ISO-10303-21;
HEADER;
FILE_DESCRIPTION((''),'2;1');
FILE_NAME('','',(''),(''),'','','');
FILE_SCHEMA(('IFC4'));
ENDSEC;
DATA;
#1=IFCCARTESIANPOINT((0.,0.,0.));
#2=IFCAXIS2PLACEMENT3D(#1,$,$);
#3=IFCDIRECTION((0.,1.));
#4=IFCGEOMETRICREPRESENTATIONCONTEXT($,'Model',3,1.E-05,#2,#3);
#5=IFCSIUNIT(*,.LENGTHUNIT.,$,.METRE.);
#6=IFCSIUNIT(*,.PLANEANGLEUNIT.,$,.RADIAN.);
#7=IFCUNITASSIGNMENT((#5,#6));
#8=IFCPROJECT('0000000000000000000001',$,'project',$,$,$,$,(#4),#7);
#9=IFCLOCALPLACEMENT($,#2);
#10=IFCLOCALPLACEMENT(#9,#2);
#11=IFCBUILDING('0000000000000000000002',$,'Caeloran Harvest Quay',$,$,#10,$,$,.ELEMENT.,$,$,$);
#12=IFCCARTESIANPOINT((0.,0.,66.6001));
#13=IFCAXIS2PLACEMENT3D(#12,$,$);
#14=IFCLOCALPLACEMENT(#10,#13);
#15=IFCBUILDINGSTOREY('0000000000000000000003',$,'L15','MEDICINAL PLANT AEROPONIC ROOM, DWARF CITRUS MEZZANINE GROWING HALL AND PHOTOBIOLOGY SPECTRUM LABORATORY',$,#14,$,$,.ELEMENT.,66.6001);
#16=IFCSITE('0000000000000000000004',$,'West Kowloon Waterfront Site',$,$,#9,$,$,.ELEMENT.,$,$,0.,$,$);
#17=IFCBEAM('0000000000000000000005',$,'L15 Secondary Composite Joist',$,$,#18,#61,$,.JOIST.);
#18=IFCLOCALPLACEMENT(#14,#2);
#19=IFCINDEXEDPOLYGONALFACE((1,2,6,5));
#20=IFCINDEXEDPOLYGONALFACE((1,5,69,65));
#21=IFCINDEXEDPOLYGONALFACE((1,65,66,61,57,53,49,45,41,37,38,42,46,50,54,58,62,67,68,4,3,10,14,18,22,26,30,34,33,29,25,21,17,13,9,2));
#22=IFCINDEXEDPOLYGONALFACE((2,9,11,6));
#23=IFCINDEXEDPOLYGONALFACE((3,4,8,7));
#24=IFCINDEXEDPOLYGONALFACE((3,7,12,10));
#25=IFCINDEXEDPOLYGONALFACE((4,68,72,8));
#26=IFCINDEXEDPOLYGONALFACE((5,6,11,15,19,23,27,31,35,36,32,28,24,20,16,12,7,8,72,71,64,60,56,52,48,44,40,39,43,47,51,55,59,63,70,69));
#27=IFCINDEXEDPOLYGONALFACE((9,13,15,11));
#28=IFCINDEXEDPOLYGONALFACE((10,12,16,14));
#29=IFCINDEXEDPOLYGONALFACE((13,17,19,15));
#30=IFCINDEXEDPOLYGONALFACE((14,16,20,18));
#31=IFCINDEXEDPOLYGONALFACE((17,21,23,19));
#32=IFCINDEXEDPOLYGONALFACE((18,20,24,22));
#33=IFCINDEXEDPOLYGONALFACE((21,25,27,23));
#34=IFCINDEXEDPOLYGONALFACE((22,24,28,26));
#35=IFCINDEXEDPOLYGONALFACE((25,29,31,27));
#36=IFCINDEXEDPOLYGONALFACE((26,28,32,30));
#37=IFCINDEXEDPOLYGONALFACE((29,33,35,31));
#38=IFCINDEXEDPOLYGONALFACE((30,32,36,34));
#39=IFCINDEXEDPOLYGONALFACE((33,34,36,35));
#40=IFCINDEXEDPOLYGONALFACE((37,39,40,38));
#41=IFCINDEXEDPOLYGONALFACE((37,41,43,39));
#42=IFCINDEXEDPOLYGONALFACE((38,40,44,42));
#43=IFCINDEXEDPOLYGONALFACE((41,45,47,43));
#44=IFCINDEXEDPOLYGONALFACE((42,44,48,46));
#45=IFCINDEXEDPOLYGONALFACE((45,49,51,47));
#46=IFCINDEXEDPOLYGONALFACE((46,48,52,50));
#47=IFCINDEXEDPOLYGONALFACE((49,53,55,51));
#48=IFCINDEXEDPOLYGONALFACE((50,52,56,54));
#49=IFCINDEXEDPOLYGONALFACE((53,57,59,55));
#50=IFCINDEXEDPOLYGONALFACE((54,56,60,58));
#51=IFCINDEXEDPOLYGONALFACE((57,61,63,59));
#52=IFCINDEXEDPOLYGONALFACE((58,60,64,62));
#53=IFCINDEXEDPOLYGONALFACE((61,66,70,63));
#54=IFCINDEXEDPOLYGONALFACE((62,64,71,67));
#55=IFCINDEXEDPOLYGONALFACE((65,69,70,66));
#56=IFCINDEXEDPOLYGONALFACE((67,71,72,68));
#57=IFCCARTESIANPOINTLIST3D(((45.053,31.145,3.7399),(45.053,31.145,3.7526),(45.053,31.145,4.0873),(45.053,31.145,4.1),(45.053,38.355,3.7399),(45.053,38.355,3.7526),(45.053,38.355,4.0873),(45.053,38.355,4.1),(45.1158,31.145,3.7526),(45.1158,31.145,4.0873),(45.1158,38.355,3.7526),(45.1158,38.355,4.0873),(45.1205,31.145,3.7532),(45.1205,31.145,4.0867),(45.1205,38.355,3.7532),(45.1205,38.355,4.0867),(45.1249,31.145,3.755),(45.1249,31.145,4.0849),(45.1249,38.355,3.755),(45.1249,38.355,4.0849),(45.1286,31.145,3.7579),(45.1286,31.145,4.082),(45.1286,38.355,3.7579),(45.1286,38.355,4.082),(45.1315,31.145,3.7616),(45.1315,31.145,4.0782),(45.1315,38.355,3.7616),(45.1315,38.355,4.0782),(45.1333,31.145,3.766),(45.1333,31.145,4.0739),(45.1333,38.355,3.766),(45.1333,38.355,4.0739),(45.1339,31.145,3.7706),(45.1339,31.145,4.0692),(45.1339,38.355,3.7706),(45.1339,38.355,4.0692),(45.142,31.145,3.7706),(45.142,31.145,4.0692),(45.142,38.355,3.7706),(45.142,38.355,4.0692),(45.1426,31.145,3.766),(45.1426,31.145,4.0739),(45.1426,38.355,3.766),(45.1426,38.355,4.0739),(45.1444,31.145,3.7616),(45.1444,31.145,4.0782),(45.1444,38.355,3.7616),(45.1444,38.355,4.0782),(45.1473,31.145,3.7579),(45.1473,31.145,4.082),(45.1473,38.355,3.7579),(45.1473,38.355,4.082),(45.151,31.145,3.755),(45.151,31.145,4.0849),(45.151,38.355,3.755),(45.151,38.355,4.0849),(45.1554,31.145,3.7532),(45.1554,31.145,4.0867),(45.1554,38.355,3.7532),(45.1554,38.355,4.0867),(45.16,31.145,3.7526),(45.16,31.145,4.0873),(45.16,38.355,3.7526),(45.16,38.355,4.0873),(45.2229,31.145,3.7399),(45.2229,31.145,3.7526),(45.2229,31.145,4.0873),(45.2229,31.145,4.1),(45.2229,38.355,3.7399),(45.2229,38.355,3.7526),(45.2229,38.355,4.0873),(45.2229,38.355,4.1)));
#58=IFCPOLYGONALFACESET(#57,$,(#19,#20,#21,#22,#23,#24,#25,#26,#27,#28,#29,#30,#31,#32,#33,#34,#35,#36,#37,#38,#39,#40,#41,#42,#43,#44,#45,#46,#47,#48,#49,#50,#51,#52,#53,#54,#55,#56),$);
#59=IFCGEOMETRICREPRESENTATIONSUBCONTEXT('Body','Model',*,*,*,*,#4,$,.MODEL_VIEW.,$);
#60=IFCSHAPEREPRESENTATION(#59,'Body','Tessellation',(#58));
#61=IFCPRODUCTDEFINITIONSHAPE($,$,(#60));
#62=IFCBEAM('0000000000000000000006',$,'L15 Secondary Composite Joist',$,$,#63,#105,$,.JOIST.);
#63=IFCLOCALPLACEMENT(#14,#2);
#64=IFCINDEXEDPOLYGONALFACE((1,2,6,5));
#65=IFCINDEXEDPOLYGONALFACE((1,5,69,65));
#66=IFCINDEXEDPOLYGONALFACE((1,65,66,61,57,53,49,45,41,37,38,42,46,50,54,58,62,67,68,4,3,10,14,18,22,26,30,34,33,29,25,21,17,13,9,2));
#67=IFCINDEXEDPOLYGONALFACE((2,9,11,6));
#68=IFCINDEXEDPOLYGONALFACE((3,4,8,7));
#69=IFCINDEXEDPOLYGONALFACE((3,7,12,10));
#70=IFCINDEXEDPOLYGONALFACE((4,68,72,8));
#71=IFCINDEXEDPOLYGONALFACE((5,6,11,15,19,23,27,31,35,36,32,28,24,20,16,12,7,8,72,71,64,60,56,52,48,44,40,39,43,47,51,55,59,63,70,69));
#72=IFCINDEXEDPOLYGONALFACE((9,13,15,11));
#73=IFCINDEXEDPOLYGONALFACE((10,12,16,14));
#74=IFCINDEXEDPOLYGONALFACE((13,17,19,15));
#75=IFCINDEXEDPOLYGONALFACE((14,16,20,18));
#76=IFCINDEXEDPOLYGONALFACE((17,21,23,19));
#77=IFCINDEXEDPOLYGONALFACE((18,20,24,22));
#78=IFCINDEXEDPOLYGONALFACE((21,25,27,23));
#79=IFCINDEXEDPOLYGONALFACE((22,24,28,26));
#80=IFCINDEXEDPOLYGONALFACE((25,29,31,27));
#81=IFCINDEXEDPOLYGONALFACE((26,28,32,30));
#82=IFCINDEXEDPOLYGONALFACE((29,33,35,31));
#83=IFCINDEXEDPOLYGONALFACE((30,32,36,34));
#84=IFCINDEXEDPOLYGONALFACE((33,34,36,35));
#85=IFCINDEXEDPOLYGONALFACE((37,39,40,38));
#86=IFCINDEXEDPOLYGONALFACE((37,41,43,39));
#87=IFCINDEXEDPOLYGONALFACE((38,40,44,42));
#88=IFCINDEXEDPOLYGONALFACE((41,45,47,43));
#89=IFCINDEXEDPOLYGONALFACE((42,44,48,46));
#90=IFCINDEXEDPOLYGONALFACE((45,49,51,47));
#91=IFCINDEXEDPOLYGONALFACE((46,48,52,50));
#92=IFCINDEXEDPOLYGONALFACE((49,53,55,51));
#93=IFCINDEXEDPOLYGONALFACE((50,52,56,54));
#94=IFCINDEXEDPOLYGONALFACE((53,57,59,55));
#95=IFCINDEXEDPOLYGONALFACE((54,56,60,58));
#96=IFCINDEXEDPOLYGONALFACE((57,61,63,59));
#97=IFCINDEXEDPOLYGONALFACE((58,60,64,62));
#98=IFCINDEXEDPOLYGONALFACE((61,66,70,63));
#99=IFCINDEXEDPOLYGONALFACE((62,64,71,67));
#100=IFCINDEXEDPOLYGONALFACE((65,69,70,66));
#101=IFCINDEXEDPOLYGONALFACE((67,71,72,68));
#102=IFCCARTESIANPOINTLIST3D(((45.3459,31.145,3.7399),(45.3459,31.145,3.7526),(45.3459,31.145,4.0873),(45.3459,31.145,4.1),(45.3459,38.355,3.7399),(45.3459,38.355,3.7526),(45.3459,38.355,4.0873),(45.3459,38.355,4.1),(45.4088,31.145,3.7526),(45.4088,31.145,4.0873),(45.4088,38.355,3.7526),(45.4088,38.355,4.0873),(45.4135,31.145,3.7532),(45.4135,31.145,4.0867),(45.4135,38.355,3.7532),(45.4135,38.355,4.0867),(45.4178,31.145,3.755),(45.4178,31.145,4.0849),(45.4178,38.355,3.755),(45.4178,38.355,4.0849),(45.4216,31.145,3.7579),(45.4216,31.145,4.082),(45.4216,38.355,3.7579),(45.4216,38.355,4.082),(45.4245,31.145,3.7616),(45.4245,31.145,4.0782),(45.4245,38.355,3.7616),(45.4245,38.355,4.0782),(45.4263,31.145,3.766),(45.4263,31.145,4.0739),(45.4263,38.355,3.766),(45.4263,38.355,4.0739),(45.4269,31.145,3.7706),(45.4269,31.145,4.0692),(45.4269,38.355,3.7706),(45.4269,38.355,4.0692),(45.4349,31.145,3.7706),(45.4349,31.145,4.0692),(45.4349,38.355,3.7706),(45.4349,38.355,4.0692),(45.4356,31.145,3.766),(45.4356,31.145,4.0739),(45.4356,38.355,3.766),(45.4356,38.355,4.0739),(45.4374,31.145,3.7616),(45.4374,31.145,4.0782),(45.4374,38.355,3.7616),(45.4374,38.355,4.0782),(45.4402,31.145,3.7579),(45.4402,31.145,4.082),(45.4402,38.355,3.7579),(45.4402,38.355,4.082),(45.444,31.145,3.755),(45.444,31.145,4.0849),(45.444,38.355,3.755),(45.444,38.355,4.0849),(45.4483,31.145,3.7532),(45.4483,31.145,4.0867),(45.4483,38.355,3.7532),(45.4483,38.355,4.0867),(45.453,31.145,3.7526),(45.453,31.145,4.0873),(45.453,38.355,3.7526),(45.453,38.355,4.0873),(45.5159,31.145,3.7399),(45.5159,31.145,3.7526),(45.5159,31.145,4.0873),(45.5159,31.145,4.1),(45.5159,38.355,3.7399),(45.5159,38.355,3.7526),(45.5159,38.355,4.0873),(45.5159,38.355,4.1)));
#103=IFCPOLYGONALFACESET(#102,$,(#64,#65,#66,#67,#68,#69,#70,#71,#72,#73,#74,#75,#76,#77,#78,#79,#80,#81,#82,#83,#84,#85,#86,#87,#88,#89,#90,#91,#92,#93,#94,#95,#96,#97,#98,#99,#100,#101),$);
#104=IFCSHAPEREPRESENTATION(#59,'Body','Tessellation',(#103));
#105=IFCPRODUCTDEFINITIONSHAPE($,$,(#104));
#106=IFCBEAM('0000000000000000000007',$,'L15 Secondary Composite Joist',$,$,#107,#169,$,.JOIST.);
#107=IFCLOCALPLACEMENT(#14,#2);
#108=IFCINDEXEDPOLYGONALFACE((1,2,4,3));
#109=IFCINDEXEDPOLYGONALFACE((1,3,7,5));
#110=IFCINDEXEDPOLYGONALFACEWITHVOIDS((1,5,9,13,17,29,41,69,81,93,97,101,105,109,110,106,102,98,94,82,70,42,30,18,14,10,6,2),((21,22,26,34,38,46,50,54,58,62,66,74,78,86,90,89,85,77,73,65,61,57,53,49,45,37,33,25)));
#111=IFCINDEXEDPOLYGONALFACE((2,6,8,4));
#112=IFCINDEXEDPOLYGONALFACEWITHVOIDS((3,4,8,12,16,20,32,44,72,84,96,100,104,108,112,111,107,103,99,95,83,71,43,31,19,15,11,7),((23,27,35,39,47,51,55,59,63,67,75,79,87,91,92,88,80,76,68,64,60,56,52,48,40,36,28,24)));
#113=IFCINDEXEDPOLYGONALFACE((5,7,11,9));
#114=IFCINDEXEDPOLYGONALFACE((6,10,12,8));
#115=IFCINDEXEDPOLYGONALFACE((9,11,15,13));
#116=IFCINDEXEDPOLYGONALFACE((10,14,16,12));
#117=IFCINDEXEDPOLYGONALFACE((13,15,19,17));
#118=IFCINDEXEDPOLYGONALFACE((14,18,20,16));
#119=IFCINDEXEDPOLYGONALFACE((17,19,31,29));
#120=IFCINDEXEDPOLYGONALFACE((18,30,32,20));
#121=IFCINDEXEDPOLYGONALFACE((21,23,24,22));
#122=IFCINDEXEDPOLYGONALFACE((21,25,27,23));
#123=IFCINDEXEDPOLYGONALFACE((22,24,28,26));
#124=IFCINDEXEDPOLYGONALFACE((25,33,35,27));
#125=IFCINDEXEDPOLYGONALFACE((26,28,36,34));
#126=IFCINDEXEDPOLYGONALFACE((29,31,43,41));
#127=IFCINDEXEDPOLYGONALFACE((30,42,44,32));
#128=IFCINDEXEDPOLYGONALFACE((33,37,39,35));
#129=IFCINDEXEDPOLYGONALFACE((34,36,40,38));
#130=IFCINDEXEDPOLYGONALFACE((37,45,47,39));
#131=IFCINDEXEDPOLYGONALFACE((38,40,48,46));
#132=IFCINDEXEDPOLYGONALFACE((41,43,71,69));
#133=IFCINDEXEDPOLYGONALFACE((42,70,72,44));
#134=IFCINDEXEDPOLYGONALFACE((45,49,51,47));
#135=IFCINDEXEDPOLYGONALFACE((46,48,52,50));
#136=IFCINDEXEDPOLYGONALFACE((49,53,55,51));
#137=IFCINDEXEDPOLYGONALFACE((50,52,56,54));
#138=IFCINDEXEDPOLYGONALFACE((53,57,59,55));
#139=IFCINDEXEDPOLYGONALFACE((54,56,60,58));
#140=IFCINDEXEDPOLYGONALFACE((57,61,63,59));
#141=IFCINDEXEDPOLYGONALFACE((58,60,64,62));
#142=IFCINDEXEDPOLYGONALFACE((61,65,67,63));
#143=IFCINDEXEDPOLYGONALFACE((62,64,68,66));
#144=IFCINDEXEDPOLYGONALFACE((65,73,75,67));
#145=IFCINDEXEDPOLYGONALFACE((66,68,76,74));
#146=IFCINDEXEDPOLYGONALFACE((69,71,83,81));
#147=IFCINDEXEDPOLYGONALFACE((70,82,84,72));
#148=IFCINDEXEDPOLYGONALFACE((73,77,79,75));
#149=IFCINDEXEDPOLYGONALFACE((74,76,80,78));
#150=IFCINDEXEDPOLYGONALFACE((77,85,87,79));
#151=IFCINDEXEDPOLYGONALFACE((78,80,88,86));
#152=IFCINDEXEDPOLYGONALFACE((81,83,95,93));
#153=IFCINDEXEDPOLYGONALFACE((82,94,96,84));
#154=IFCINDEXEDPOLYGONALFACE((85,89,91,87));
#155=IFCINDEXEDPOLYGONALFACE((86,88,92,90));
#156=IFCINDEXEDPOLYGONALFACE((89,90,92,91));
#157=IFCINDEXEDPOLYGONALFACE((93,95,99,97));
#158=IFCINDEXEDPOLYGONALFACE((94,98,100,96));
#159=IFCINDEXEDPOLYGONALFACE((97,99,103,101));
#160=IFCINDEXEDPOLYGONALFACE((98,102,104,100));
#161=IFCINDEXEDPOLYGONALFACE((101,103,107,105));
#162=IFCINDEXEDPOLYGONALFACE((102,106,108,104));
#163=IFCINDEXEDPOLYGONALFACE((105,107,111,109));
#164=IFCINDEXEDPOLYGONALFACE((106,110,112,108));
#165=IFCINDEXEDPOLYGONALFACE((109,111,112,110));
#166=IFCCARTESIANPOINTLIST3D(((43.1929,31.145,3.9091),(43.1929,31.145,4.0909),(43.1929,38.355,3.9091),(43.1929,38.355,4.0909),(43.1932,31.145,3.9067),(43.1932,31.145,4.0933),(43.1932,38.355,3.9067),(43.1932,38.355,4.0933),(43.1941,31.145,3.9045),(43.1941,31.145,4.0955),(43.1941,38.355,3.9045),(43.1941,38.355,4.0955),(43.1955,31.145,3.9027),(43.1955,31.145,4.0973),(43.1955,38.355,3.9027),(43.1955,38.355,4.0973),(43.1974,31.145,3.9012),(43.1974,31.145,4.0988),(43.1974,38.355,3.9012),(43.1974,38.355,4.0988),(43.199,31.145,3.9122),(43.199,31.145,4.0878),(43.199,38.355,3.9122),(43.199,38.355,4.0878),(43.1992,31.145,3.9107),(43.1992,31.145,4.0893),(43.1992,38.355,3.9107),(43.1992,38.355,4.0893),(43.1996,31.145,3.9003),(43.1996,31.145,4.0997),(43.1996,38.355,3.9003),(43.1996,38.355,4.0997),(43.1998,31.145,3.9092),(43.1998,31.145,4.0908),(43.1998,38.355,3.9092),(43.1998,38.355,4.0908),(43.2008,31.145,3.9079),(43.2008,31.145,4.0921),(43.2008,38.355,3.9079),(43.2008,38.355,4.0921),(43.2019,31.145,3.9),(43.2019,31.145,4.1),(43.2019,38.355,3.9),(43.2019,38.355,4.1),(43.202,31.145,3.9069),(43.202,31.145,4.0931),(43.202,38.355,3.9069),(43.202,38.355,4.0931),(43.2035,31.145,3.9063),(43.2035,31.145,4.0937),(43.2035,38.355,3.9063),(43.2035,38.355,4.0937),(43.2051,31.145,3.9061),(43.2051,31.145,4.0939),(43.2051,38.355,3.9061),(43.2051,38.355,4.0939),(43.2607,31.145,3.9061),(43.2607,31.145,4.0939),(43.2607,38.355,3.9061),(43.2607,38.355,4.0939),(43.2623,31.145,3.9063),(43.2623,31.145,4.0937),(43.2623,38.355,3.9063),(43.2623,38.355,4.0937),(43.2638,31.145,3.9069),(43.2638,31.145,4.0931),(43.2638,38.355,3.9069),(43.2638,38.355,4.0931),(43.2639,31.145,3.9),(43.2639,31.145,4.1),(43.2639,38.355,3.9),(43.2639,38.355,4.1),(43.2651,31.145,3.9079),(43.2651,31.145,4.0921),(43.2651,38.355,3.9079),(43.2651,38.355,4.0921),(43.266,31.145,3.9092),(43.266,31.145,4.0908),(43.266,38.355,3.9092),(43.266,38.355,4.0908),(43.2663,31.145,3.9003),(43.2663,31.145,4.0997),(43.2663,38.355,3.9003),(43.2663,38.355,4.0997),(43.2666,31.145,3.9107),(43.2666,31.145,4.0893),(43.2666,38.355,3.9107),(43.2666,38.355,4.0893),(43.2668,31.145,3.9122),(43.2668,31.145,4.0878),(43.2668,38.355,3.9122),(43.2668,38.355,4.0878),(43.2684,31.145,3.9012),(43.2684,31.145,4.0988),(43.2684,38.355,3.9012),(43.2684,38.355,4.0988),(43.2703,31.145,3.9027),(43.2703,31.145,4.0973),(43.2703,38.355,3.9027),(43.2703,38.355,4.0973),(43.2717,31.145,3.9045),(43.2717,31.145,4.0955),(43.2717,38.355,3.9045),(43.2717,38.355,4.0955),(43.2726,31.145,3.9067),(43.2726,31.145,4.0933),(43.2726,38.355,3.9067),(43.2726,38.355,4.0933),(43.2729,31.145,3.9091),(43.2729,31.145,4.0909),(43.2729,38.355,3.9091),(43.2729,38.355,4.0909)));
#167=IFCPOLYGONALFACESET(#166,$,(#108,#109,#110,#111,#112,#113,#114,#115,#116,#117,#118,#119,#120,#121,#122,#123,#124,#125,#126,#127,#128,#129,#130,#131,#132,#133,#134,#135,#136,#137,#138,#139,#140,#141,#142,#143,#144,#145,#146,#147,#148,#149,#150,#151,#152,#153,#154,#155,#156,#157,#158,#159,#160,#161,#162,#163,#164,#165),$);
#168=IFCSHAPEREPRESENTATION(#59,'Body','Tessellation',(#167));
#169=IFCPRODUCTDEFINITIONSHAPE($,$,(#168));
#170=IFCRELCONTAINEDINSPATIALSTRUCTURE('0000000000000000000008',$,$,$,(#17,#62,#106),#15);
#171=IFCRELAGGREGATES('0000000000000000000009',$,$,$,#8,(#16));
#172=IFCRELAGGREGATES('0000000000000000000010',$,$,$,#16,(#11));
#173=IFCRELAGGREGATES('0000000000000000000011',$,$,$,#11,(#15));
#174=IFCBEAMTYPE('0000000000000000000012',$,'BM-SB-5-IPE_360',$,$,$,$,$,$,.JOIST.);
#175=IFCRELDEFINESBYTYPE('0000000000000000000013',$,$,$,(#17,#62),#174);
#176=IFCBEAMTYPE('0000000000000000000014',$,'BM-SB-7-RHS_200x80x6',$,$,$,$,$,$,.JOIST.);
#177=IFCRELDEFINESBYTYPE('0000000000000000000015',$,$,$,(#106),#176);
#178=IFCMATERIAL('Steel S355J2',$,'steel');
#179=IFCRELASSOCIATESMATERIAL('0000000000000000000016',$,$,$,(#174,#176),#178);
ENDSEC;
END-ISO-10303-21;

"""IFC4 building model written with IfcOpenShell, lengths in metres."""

from ifc_helpers import new_model, si_unit, direction, frame, origin, origin_2d, place, context, subcontext, project, spatial, hollow_rectangle, i_section, extrude, material, material_profile, profile_set, type_object, element, save


model = new_model("IFC4")

# Units and contexts
model_context = context("Model", 3, precision=1e-05, world=origin(), true_north=direction((0.0, 1.0)))
body_context = subcontext(model_context, "Body", "Model", "MODEL_VIEW")
ifc_project = project(units=[si_unit("LENGTHUNIT", "METRE"), si_unit("PLANEANGLEUNIT", "RADIAN")], contexts=[model_context])

# Site, building, storey
site_placement = place(None, origin())
site = spatial("IfcSite", under=ifc_project, at=site_placement, Name="West Kowloon Waterfront Site", CompositionType="ELEMENT", RefElevation=0.0)
building_placement = place(site_placement, origin())
building = spatial("IfcBuilding", under=site, at=building_placement, Name="Caeloran Harvest Quay", CompositionType="ELEMENT")
storey_placement = place(building_placement, frame((0.0, 0.0, 66.6001)))
storey = spatial("IfcBuildingStorey", under=building, at=storey_placement, Name="L15", Description="MEDICINAL PLANT AEROPONIC ROOM, DWARF CITRUS MEZZANINE GROWING HALL AND PHOTOBIOLOGY SPECTRUM LABORATORY", CompositionType="ELEMENT", Elevation=66.6001)

# Beams
ifc_material_1 = material(Name="Steel S355J2", Category="steel")
ifc_material_profile_1 = material_profile(ifc_material_1, i_section(OverallWidth=0.1699, OverallDepth=0.3601, WebThickness=0.0081, FlangeThickness=0.0127, FilletRadius=0.0181, at=origin_2d()), Name="IPE 360")
ifc_profile_set_1 = profile_set([ifc_material_profile_1], Name="Steel S355J2")
beam_type_1 = type_object("IfcBeamType", Name="BM-SB-5-IPE_360", PredefinedType="JOIST", material=ifc_profile_set_1)
for number, where, z_axis, x_axis, name in (
    (1, (45.1379, 31.145, 3.9199), (0.0, 1.0, 0.0), (-1.0, 0.0, 0.0), "L15 Secondary Composite Joist"),
    (2, (45.4309, 31.145, 3.9199), (0.0, 1.0, 0.0), (-1.0, 0.0, 0.0), "L15 Secondary Composite Joist"),
):
    element("IfcBeam", number, at=place(storey_placement, frame(where, z_axis=z_axis, x_axis=x_axis)), inside=storey, type_object=beam_type_1, Name=name, PredefinedType="JOIST", context=body_context, shape_type="SweptSolid", body=[
        extrude(i_section(OverallWidth=0.1699, OverallDepth=0.3601, WebThickness=0.0081, FlangeThickness=0.0127, FilletRadius=0.0181, at=origin_2d()), origin(), (0.0, 0.0, 1.0), 7.21),
    ])
ifc_material_profile_2 = material_profile(ifc_material_1, hollow_rectangle(XDim=0.0801, YDim=0.2, WallThickness=0.0061, InnerFilletRadius=0.0061, OuterFilletRadius=0.009, at=origin_2d()), Name="RHS 200x80x6")
ifc_profile_set_2 = profile_set([ifc_material_profile_2], Name="Steel S355J2")
beam_type_2 = type_object("IfcBeamType", Name="BM-SB-7-RHS_200x80x6", PredefinedType="JOIST", material=ifc_profile_set_2)
for number, where, z_axis, x_axis, name in (
    (3, (43.2329, 31.145, 4.0), (0.0, 1.0, 0.0), (-1.0, 0.0, 0.0), "L15 Secondary Composite Joist"),
):
    element("IfcBeam", number, at=place(storey_placement, frame(where, z_axis=z_axis, x_axis=x_axis)), inside=storey, type_object=beam_type_2, Name=name, PredefinedType="JOIST", context=body_context, shape_type="SweptSolid", body=[
        extrude(hollow_rectangle(XDim=0.0801, YDim=0.2, WallThickness=0.0061, InnerFilletRadius=0.0061, OuterFilletRadius=0.009, at=origin_2d()), origin(), (0.0, 0.0, 1.0), 7.21),
    ])

save(model, "model.ifc")
